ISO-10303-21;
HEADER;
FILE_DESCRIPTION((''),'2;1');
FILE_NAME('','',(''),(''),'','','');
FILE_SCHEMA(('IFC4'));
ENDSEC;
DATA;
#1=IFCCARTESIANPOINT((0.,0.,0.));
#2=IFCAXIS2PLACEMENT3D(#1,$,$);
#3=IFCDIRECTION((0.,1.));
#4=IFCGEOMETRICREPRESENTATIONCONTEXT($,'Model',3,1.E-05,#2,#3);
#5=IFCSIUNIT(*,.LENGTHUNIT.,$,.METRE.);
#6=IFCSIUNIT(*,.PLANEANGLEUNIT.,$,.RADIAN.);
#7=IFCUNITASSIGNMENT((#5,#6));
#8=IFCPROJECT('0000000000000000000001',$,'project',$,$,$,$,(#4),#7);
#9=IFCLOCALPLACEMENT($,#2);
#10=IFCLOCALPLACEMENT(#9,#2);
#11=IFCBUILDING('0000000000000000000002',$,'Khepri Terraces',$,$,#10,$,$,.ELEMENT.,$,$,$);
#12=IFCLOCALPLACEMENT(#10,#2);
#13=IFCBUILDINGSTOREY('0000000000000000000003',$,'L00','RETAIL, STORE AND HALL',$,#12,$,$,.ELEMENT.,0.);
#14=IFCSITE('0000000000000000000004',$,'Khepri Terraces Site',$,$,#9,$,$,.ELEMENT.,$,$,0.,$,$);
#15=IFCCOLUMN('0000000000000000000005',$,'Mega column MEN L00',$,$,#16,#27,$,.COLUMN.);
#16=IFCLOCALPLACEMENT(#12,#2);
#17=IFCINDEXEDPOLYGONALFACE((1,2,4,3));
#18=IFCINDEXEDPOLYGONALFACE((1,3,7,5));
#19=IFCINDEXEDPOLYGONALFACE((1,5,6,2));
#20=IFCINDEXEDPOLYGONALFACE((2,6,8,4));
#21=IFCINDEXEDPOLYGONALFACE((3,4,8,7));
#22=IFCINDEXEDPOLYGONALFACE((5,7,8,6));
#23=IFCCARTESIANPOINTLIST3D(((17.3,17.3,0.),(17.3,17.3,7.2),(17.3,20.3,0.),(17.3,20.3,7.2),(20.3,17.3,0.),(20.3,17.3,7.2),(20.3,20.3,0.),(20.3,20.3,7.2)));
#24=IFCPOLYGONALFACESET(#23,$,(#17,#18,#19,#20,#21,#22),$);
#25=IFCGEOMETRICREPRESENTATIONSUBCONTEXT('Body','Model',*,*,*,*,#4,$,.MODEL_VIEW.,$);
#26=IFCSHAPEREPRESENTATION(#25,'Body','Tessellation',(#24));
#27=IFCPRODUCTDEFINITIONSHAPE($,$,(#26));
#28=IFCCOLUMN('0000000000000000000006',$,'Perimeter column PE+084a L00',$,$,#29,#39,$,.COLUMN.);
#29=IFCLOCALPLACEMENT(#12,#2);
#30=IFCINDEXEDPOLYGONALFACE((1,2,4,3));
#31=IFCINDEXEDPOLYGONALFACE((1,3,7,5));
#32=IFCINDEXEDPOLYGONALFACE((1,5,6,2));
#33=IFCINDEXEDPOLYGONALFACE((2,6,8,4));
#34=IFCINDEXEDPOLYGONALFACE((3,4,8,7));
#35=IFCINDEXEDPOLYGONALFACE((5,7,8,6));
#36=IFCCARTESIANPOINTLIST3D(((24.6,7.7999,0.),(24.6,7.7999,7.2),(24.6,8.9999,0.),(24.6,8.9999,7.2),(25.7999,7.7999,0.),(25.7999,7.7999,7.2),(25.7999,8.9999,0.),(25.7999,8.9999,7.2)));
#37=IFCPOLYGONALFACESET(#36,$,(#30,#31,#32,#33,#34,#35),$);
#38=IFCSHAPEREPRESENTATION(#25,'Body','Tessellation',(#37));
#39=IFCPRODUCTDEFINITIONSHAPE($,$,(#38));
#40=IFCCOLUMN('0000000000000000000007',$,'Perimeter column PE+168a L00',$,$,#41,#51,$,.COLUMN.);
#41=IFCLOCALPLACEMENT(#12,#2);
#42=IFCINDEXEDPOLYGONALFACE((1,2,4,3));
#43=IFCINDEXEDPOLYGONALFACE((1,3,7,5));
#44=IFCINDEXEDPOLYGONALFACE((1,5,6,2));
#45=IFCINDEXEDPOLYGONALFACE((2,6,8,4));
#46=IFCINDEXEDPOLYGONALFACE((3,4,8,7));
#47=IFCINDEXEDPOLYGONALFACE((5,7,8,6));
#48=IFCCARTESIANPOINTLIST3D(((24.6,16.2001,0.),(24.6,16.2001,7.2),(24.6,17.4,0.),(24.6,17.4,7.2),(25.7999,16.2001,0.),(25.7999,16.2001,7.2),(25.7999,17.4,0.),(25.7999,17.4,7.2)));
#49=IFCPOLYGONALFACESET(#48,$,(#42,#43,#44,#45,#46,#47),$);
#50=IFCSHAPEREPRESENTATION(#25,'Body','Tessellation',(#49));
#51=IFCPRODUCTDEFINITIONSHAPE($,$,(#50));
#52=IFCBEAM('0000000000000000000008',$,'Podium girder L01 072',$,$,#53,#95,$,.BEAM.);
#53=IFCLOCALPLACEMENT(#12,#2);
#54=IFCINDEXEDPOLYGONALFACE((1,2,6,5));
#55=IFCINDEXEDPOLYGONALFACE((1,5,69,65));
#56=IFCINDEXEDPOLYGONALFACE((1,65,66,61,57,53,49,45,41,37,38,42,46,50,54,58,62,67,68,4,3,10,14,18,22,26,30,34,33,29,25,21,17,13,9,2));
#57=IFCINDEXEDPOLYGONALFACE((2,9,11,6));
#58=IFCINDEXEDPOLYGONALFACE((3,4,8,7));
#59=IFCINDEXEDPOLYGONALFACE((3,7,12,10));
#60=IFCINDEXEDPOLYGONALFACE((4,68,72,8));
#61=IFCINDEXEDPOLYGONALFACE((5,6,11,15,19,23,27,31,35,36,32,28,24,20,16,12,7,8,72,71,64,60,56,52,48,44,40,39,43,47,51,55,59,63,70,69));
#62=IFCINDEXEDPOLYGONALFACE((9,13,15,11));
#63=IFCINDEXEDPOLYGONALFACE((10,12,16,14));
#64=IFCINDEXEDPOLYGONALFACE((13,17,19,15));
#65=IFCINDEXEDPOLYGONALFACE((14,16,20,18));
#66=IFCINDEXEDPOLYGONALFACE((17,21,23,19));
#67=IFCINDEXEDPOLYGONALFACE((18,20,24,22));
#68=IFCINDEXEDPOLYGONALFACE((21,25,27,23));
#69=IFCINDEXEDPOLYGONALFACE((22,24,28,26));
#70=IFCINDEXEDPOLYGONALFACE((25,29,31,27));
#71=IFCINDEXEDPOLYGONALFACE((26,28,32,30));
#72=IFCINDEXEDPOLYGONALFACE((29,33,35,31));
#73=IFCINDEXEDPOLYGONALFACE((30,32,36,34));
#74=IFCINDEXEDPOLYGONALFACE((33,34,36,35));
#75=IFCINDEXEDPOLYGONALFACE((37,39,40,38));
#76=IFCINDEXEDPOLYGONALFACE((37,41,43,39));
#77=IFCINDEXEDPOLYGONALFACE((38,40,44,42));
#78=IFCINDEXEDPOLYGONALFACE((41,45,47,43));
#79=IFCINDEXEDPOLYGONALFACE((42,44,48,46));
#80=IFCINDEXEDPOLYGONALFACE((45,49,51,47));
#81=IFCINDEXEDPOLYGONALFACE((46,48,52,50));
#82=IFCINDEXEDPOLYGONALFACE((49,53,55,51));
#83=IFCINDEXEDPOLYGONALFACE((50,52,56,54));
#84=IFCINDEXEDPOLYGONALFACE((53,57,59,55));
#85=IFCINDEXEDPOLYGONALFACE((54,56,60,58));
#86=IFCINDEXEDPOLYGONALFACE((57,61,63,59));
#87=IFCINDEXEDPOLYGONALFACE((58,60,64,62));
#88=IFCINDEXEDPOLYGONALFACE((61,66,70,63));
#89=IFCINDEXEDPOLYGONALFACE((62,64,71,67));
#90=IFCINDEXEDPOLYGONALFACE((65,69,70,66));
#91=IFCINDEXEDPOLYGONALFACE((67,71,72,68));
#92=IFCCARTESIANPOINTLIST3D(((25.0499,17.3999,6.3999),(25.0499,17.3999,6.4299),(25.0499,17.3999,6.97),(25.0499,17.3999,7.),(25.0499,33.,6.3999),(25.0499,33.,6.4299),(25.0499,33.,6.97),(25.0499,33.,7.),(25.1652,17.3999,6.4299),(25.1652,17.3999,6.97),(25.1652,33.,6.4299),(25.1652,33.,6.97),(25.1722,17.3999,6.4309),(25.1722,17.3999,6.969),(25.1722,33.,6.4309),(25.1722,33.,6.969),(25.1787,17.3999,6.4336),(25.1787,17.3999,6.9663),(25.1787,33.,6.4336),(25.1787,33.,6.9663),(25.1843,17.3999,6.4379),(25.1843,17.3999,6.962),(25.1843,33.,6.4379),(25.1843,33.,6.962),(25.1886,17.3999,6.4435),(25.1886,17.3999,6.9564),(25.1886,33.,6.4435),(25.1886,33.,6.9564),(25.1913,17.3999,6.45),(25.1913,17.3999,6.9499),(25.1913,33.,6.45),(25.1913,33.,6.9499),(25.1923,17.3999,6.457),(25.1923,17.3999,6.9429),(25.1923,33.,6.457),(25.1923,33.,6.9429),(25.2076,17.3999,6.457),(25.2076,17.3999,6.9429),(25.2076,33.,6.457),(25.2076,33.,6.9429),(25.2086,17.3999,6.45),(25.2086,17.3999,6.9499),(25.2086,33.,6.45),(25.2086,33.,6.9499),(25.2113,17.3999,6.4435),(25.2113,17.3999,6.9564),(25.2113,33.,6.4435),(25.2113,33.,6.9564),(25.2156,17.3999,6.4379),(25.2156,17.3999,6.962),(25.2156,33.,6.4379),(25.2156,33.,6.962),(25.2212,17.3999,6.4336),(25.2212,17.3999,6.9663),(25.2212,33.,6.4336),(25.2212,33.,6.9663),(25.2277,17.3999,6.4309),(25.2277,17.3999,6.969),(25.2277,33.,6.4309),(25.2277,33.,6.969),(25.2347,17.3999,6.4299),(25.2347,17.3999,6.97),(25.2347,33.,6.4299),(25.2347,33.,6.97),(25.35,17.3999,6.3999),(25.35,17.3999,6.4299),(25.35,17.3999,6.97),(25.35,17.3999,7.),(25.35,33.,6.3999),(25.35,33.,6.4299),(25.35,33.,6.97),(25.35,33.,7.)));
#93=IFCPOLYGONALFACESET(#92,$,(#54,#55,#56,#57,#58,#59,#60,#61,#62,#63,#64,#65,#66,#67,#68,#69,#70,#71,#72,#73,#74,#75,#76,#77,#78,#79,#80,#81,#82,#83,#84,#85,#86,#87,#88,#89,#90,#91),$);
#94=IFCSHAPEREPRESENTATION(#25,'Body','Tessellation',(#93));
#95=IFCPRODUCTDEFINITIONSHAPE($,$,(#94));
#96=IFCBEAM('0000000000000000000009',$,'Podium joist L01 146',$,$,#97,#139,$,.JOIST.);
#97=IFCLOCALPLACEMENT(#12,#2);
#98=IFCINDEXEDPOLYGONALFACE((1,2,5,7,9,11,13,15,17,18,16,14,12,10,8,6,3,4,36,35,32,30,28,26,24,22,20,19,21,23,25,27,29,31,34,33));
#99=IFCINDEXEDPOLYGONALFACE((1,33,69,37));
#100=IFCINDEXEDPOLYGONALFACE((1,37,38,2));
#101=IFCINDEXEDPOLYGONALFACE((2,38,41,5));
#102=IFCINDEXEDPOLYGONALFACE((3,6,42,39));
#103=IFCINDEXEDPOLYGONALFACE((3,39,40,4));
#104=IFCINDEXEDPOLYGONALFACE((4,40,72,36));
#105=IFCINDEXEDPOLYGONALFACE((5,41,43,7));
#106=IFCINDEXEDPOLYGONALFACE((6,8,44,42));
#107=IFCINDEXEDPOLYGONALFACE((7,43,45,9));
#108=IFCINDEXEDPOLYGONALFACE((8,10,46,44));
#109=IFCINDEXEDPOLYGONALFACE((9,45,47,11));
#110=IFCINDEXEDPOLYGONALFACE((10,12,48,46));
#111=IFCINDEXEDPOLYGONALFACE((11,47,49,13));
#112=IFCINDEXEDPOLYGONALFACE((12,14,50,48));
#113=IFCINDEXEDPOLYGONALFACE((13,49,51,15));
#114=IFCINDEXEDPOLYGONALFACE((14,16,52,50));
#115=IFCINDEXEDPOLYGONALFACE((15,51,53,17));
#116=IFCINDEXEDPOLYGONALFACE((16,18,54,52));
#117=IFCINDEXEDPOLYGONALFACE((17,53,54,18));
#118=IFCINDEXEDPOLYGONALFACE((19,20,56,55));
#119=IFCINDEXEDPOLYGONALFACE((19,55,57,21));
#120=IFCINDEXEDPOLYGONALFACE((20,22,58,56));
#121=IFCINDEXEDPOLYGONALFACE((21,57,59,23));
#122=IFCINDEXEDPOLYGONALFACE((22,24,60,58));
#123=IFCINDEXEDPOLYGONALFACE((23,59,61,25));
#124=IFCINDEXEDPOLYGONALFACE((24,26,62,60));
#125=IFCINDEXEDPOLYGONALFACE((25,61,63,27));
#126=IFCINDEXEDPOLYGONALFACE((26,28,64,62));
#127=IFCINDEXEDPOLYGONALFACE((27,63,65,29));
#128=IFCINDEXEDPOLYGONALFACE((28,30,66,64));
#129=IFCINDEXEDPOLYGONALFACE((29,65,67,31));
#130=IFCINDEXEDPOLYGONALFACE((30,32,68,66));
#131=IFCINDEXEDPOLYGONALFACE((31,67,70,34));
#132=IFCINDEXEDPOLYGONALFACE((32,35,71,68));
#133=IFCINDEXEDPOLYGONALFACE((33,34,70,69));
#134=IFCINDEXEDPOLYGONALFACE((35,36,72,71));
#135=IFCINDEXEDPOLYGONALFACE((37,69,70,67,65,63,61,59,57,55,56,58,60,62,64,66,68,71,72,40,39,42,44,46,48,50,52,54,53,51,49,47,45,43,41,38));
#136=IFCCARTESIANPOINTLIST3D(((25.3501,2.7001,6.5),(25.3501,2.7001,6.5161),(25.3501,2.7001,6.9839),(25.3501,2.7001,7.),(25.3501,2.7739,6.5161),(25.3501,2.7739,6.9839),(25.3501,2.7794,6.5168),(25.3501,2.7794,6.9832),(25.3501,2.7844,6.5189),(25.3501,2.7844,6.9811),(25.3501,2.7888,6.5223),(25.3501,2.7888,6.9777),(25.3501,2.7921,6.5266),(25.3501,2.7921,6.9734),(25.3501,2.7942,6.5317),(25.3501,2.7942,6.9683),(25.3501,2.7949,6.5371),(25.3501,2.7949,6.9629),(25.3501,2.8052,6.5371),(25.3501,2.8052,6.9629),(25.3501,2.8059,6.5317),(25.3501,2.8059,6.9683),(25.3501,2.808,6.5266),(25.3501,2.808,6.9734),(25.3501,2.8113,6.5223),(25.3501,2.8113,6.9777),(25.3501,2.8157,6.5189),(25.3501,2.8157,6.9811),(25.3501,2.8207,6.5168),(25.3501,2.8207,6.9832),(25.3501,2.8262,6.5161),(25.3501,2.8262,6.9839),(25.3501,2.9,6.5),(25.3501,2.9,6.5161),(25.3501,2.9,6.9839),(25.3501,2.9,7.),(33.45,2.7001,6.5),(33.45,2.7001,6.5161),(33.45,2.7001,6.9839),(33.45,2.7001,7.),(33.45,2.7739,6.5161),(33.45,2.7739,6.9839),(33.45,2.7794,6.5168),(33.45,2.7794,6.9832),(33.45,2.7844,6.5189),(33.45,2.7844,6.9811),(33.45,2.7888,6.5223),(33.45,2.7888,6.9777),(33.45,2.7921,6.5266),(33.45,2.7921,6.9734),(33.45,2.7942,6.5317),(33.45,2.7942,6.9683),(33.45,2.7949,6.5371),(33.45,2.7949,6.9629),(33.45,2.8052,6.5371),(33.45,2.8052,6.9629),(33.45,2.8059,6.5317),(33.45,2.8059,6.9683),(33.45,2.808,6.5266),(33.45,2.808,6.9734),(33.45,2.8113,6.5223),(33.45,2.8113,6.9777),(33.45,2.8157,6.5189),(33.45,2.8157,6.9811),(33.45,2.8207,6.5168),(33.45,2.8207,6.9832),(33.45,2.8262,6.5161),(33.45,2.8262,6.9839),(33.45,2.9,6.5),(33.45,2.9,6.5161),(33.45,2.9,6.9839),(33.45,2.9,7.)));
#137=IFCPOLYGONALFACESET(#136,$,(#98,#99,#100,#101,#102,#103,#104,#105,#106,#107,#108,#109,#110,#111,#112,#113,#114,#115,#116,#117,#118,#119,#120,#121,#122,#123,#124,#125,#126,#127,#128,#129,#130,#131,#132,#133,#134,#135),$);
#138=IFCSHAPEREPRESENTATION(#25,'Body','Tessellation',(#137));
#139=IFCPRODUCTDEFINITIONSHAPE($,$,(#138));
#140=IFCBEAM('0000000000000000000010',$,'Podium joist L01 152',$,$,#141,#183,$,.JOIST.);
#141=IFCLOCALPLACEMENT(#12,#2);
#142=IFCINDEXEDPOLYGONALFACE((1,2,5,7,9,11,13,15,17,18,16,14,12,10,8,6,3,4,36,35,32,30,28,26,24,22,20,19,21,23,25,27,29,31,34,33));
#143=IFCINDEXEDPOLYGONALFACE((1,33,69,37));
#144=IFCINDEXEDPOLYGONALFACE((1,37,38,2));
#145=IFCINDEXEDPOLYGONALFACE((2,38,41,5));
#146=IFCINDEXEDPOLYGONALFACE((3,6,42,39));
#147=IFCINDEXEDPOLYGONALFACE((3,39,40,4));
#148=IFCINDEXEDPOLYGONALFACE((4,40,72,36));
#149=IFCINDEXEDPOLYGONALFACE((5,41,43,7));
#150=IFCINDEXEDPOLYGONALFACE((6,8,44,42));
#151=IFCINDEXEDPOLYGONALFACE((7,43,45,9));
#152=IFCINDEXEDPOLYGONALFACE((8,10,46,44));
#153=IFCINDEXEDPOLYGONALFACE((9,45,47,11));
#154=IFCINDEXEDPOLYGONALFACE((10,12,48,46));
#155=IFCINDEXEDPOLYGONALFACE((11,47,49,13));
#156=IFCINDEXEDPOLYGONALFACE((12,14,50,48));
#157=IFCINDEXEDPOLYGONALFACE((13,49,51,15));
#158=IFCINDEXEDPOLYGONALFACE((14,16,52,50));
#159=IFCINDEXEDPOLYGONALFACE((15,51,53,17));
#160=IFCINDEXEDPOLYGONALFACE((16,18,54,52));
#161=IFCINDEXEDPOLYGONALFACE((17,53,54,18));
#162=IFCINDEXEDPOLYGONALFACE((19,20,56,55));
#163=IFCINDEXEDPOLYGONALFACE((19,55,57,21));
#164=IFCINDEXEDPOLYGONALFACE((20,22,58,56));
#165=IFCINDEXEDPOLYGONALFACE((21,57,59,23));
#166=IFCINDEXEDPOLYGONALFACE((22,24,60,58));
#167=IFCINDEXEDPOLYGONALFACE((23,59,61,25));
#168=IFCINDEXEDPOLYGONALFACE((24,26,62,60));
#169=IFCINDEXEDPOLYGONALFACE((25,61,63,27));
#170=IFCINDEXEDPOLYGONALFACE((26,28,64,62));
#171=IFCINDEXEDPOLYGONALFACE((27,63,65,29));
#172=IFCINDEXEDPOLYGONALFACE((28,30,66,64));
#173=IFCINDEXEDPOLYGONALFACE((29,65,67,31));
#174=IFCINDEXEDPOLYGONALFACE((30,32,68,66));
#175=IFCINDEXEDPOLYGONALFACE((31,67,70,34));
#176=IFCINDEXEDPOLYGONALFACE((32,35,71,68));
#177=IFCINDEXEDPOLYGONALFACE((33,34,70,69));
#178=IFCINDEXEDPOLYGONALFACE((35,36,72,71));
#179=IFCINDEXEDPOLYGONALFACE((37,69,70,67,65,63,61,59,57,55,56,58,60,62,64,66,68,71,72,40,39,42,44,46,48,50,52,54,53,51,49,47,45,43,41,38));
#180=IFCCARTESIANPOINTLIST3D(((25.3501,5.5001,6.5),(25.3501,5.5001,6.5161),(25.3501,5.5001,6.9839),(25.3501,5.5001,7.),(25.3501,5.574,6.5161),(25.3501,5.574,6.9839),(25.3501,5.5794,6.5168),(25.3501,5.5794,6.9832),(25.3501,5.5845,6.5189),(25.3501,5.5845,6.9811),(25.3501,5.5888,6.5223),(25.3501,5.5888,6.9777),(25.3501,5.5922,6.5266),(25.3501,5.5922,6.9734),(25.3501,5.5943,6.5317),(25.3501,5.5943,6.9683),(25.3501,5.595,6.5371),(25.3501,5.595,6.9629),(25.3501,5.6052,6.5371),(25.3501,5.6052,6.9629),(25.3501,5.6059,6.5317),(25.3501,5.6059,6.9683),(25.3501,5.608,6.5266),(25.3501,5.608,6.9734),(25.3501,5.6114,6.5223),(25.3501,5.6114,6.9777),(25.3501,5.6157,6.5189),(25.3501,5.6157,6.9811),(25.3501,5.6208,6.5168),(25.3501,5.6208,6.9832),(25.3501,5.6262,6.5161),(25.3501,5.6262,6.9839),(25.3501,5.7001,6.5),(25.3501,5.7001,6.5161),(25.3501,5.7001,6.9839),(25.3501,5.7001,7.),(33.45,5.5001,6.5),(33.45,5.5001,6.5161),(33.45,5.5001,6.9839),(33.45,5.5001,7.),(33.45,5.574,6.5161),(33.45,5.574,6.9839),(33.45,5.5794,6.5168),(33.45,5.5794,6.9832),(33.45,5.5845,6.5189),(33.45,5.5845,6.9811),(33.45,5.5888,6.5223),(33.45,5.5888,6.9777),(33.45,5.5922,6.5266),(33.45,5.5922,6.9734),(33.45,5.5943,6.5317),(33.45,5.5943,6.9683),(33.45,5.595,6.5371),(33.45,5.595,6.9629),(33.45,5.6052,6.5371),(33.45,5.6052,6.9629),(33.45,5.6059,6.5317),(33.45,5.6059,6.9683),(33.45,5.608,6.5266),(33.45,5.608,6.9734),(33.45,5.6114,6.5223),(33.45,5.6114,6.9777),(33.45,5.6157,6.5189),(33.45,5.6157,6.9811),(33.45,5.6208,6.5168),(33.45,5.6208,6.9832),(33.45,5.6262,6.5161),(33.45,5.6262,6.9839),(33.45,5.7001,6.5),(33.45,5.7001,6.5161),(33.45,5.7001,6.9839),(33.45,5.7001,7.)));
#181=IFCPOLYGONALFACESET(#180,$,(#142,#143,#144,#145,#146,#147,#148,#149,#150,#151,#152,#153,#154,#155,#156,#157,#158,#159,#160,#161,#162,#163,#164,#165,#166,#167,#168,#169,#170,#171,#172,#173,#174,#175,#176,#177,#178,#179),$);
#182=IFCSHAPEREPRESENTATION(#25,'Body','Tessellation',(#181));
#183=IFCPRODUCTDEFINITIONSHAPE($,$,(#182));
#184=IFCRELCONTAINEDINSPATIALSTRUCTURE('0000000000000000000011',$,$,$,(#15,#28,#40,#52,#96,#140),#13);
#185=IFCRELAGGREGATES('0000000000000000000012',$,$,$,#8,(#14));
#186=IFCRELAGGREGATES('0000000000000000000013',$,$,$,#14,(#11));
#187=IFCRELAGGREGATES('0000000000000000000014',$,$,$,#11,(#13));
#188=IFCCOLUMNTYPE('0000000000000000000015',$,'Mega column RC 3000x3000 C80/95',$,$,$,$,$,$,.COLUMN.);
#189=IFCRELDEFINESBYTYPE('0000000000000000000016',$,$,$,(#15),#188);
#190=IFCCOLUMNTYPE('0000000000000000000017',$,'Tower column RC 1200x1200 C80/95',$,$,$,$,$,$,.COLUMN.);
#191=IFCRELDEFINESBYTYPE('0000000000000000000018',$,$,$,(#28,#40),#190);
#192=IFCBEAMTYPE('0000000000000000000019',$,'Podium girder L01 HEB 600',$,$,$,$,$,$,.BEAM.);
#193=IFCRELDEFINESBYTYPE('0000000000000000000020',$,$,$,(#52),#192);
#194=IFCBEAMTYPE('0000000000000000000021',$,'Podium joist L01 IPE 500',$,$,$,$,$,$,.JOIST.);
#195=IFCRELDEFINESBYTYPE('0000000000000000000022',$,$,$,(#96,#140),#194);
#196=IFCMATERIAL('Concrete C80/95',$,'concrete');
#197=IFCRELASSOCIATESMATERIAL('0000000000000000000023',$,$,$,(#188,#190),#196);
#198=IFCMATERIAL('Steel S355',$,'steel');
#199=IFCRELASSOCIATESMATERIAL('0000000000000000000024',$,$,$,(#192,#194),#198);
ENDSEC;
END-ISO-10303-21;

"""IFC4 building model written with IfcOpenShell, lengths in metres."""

from ifc_helpers import new_model, si_unit, direction, frame, origin, origin_2d, place, context, subcontext, project, spatial, rectangle, i_section, extrude, material, material_profile, profile_set, type_object, element, save


model = new_model("IFC4")

# Units and contexts
model_context = context("Model", 3, precision=1e-05, world=origin(), true_north=direction((0.0, 1.0)))
body_context = subcontext(model_context, "Body", "Model", "MODEL_VIEW")
ifc_project = project(units=[si_unit("LENGTHUNIT", "METRE"), si_unit("PLANEANGLEUNIT", "RADIAN")], contexts=[model_context])

# Site, building, storey
site_placement = place(None, origin())
site = spatial("IfcSite", under=ifc_project, at=site_placement, Name="Khepri Terraces Site", CompositionType="ELEMENT", RefElevation=0.0)
building_placement = place(site_placement, origin())
building = spatial("IfcBuilding", under=site, at=building_placement, Name="Khepri Terraces", CompositionType="ELEMENT")
storey_placement = place(building_placement, origin())
storey = spatial("IfcBuildingStorey", under=building, at=storey_placement, Name="L00", Description="RETAIL, STORE AND HALL", CompositionType="ELEMENT", Elevation=0.0)

# Columns
ifc_material_1 = material(Name="Concrete C80/95", Category="concrete")
ifc_material_profile_1 = material_profile(ifc_material_1, rectangle(XDim=3.0, YDim=3.0, at=origin_2d()), Name="Concrete C80/95", Category="concrete")
ifc_profile_set_1 = profile_set([ifc_material_profile_1], Name="Concrete C80/95")
column_type_1 = type_object("IfcColumnType", Name="Mega column RC 3000x3000 C80/95", PredefinedType="COLUMN", material=ifc_profile_set_1)
column_placement = place(storey_placement, frame((18.8, 18.8, 0.0), z_axis=(0.0, 0.0, 1.0), x_axis=(1.0, 0.0, 0.0)))
element("IfcColumn", 1, at=column_placement, inside=storey, type_object=column_type_1, Name="Mega column MEN L00", PredefinedType="COLUMN", context=body_context, shape_type="SweptSolid", body=[
    extrude(rectangle(XDim=3.0, YDim=3.0, at=origin_2d()), origin(), (0.0, 0.0, 1.0), 7.2),
])
ifc_material_profile_2 = material_profile(ifc_material_1, rectangle(XDim=1.2, YDim=1.2, at=origin_2d()), Name="Concrete C80/95", Category="concrete")
ifc_profile_set_2 = profile_set([ifc_material_profile_2], Name="Concrete C80/95")
column_type_2 = type_object("IfcColumnType", Name="Tower column RC 1200x1200 C80/95", PredefinedType="COLUMN", material=ifc_profile_set_2)
for number, where, z_axis, x_axis, name in (
    (2, (25.2, 8.3999, 0.0), (0.0, 0.0, 1.0), (1.0, 0.0, 0.0), "Perimeter column PE+084a L00"),
    (3, (25.2, 16.8, 0.0), (0.0, 0.0, 1.0), (1.0, 0.0, 0.0), "Perimeter column PE+168a L00"),
):
    element("IfcColumn", number, at=place(storey_placement, frame(where, z_axis=z_axis, x_axis=x_axis)), inside=storey, type_object=column_type_2, Name=name, PredefinedType="COLUMN", context=body_context, shape_type="SweptSolid", body=[
        extrude(rectangle(XDim=1.2, YDim=1.2, at=origin_2d()), origin(), (0.0, 0.0, 1.0), 7.2),
    ])

# Beams
ifc_material_2 = material(Name="Steel S355", Category="steel")
ifc_material_profile_3 = material_profile(ifc_material_2, i_section(OverallWidth=0.3, OverallDepth=0.6001, WebThickness=0.0154, FlangeThickness=0.03, FilletRadius=0.0271, at=origin_2d()), Name="Steel S355", Category="steel")
ifc_profile_set_3 = profile_set([ifc_material_profile_3], Name="Steel S355")
beam_type_1 = type_object("IfcBeamType", Name="Podium girder L01 HEB 600", PredefinedType="BEAM", material=ifc_profile_set_3)
beam_placement = place(storey_placement, frame((25.2, 17.3999, 6.7), z_axis=(0.0, 1.0, 0.0), x_axis=(-1.0, 0.0, 0.0)))
element("IfcBeam", 4, at=beam_placement, inside=storey, type_object=beam_type_1, Name="Podium girder L01 072", PredefinedType="BEAM", context=body_context, shape_type="SweptSolid", body=[
    extrude(i_section(OverallWidth=0.3, OverallDepth=0.6001, WebThickness=0.0154, FlangeThickness=0.03, FilletRadius=0.0271, at=origin_2d()), origin(), (0.0, 0.0, 1.0), 15.6001),
])
ifc_material_profile_4 = material_profile(ifc_material_2, i_section(OverallWidth=0.2, OverallDepth=0.5, WebThickness=0.0103, FlangeThickness=0.0161, FilletRadius=0.021, at=origin_2d()), Name="Steel S355", Category="steel")
ifc_profile_set_4 = profile_set([ifc_material_profile_4], Name="Steel S355")
beam_type_2 = type_object("IfcBeamType", Name="Podium joist L01 IPE 500", PredefinedType="JOIST", material=ifc_profile_set_4)
for number, where, z_axis, x_axis, name in (
    (5, (25.3501, 2.8, 6.75), (1.0, 0.0, 0.0), (0.0, 1.0, 0.0), "Podium joist L01 146"),
    (6, (25.3501, 5.6001, 6.75), (1.0, 0.0, 0.0), (0.0, 1.0, 0.0), "Podium joist L01 152"),
):
    element("IfcBeam", number, at=place(storey_placement, frame(where, z_axis=z_axis, x_axis=x_axis)), inside=storey, type_object=beam_type_2, Name=name, PredefinedType="JOIST", context=body_context, shape_type="SweptSolid", body=[
        extrude(i_section(OverallWidth=0.2, OverallDepth=0.5, WebThickness=0.0103, FlangeThickness=0.0161, FilletRadius=0.021, at=origin_2d()), origin(), (0.0, 0.0, 1.0), 8.0999),
    ])

save(model, "model.ifc")
